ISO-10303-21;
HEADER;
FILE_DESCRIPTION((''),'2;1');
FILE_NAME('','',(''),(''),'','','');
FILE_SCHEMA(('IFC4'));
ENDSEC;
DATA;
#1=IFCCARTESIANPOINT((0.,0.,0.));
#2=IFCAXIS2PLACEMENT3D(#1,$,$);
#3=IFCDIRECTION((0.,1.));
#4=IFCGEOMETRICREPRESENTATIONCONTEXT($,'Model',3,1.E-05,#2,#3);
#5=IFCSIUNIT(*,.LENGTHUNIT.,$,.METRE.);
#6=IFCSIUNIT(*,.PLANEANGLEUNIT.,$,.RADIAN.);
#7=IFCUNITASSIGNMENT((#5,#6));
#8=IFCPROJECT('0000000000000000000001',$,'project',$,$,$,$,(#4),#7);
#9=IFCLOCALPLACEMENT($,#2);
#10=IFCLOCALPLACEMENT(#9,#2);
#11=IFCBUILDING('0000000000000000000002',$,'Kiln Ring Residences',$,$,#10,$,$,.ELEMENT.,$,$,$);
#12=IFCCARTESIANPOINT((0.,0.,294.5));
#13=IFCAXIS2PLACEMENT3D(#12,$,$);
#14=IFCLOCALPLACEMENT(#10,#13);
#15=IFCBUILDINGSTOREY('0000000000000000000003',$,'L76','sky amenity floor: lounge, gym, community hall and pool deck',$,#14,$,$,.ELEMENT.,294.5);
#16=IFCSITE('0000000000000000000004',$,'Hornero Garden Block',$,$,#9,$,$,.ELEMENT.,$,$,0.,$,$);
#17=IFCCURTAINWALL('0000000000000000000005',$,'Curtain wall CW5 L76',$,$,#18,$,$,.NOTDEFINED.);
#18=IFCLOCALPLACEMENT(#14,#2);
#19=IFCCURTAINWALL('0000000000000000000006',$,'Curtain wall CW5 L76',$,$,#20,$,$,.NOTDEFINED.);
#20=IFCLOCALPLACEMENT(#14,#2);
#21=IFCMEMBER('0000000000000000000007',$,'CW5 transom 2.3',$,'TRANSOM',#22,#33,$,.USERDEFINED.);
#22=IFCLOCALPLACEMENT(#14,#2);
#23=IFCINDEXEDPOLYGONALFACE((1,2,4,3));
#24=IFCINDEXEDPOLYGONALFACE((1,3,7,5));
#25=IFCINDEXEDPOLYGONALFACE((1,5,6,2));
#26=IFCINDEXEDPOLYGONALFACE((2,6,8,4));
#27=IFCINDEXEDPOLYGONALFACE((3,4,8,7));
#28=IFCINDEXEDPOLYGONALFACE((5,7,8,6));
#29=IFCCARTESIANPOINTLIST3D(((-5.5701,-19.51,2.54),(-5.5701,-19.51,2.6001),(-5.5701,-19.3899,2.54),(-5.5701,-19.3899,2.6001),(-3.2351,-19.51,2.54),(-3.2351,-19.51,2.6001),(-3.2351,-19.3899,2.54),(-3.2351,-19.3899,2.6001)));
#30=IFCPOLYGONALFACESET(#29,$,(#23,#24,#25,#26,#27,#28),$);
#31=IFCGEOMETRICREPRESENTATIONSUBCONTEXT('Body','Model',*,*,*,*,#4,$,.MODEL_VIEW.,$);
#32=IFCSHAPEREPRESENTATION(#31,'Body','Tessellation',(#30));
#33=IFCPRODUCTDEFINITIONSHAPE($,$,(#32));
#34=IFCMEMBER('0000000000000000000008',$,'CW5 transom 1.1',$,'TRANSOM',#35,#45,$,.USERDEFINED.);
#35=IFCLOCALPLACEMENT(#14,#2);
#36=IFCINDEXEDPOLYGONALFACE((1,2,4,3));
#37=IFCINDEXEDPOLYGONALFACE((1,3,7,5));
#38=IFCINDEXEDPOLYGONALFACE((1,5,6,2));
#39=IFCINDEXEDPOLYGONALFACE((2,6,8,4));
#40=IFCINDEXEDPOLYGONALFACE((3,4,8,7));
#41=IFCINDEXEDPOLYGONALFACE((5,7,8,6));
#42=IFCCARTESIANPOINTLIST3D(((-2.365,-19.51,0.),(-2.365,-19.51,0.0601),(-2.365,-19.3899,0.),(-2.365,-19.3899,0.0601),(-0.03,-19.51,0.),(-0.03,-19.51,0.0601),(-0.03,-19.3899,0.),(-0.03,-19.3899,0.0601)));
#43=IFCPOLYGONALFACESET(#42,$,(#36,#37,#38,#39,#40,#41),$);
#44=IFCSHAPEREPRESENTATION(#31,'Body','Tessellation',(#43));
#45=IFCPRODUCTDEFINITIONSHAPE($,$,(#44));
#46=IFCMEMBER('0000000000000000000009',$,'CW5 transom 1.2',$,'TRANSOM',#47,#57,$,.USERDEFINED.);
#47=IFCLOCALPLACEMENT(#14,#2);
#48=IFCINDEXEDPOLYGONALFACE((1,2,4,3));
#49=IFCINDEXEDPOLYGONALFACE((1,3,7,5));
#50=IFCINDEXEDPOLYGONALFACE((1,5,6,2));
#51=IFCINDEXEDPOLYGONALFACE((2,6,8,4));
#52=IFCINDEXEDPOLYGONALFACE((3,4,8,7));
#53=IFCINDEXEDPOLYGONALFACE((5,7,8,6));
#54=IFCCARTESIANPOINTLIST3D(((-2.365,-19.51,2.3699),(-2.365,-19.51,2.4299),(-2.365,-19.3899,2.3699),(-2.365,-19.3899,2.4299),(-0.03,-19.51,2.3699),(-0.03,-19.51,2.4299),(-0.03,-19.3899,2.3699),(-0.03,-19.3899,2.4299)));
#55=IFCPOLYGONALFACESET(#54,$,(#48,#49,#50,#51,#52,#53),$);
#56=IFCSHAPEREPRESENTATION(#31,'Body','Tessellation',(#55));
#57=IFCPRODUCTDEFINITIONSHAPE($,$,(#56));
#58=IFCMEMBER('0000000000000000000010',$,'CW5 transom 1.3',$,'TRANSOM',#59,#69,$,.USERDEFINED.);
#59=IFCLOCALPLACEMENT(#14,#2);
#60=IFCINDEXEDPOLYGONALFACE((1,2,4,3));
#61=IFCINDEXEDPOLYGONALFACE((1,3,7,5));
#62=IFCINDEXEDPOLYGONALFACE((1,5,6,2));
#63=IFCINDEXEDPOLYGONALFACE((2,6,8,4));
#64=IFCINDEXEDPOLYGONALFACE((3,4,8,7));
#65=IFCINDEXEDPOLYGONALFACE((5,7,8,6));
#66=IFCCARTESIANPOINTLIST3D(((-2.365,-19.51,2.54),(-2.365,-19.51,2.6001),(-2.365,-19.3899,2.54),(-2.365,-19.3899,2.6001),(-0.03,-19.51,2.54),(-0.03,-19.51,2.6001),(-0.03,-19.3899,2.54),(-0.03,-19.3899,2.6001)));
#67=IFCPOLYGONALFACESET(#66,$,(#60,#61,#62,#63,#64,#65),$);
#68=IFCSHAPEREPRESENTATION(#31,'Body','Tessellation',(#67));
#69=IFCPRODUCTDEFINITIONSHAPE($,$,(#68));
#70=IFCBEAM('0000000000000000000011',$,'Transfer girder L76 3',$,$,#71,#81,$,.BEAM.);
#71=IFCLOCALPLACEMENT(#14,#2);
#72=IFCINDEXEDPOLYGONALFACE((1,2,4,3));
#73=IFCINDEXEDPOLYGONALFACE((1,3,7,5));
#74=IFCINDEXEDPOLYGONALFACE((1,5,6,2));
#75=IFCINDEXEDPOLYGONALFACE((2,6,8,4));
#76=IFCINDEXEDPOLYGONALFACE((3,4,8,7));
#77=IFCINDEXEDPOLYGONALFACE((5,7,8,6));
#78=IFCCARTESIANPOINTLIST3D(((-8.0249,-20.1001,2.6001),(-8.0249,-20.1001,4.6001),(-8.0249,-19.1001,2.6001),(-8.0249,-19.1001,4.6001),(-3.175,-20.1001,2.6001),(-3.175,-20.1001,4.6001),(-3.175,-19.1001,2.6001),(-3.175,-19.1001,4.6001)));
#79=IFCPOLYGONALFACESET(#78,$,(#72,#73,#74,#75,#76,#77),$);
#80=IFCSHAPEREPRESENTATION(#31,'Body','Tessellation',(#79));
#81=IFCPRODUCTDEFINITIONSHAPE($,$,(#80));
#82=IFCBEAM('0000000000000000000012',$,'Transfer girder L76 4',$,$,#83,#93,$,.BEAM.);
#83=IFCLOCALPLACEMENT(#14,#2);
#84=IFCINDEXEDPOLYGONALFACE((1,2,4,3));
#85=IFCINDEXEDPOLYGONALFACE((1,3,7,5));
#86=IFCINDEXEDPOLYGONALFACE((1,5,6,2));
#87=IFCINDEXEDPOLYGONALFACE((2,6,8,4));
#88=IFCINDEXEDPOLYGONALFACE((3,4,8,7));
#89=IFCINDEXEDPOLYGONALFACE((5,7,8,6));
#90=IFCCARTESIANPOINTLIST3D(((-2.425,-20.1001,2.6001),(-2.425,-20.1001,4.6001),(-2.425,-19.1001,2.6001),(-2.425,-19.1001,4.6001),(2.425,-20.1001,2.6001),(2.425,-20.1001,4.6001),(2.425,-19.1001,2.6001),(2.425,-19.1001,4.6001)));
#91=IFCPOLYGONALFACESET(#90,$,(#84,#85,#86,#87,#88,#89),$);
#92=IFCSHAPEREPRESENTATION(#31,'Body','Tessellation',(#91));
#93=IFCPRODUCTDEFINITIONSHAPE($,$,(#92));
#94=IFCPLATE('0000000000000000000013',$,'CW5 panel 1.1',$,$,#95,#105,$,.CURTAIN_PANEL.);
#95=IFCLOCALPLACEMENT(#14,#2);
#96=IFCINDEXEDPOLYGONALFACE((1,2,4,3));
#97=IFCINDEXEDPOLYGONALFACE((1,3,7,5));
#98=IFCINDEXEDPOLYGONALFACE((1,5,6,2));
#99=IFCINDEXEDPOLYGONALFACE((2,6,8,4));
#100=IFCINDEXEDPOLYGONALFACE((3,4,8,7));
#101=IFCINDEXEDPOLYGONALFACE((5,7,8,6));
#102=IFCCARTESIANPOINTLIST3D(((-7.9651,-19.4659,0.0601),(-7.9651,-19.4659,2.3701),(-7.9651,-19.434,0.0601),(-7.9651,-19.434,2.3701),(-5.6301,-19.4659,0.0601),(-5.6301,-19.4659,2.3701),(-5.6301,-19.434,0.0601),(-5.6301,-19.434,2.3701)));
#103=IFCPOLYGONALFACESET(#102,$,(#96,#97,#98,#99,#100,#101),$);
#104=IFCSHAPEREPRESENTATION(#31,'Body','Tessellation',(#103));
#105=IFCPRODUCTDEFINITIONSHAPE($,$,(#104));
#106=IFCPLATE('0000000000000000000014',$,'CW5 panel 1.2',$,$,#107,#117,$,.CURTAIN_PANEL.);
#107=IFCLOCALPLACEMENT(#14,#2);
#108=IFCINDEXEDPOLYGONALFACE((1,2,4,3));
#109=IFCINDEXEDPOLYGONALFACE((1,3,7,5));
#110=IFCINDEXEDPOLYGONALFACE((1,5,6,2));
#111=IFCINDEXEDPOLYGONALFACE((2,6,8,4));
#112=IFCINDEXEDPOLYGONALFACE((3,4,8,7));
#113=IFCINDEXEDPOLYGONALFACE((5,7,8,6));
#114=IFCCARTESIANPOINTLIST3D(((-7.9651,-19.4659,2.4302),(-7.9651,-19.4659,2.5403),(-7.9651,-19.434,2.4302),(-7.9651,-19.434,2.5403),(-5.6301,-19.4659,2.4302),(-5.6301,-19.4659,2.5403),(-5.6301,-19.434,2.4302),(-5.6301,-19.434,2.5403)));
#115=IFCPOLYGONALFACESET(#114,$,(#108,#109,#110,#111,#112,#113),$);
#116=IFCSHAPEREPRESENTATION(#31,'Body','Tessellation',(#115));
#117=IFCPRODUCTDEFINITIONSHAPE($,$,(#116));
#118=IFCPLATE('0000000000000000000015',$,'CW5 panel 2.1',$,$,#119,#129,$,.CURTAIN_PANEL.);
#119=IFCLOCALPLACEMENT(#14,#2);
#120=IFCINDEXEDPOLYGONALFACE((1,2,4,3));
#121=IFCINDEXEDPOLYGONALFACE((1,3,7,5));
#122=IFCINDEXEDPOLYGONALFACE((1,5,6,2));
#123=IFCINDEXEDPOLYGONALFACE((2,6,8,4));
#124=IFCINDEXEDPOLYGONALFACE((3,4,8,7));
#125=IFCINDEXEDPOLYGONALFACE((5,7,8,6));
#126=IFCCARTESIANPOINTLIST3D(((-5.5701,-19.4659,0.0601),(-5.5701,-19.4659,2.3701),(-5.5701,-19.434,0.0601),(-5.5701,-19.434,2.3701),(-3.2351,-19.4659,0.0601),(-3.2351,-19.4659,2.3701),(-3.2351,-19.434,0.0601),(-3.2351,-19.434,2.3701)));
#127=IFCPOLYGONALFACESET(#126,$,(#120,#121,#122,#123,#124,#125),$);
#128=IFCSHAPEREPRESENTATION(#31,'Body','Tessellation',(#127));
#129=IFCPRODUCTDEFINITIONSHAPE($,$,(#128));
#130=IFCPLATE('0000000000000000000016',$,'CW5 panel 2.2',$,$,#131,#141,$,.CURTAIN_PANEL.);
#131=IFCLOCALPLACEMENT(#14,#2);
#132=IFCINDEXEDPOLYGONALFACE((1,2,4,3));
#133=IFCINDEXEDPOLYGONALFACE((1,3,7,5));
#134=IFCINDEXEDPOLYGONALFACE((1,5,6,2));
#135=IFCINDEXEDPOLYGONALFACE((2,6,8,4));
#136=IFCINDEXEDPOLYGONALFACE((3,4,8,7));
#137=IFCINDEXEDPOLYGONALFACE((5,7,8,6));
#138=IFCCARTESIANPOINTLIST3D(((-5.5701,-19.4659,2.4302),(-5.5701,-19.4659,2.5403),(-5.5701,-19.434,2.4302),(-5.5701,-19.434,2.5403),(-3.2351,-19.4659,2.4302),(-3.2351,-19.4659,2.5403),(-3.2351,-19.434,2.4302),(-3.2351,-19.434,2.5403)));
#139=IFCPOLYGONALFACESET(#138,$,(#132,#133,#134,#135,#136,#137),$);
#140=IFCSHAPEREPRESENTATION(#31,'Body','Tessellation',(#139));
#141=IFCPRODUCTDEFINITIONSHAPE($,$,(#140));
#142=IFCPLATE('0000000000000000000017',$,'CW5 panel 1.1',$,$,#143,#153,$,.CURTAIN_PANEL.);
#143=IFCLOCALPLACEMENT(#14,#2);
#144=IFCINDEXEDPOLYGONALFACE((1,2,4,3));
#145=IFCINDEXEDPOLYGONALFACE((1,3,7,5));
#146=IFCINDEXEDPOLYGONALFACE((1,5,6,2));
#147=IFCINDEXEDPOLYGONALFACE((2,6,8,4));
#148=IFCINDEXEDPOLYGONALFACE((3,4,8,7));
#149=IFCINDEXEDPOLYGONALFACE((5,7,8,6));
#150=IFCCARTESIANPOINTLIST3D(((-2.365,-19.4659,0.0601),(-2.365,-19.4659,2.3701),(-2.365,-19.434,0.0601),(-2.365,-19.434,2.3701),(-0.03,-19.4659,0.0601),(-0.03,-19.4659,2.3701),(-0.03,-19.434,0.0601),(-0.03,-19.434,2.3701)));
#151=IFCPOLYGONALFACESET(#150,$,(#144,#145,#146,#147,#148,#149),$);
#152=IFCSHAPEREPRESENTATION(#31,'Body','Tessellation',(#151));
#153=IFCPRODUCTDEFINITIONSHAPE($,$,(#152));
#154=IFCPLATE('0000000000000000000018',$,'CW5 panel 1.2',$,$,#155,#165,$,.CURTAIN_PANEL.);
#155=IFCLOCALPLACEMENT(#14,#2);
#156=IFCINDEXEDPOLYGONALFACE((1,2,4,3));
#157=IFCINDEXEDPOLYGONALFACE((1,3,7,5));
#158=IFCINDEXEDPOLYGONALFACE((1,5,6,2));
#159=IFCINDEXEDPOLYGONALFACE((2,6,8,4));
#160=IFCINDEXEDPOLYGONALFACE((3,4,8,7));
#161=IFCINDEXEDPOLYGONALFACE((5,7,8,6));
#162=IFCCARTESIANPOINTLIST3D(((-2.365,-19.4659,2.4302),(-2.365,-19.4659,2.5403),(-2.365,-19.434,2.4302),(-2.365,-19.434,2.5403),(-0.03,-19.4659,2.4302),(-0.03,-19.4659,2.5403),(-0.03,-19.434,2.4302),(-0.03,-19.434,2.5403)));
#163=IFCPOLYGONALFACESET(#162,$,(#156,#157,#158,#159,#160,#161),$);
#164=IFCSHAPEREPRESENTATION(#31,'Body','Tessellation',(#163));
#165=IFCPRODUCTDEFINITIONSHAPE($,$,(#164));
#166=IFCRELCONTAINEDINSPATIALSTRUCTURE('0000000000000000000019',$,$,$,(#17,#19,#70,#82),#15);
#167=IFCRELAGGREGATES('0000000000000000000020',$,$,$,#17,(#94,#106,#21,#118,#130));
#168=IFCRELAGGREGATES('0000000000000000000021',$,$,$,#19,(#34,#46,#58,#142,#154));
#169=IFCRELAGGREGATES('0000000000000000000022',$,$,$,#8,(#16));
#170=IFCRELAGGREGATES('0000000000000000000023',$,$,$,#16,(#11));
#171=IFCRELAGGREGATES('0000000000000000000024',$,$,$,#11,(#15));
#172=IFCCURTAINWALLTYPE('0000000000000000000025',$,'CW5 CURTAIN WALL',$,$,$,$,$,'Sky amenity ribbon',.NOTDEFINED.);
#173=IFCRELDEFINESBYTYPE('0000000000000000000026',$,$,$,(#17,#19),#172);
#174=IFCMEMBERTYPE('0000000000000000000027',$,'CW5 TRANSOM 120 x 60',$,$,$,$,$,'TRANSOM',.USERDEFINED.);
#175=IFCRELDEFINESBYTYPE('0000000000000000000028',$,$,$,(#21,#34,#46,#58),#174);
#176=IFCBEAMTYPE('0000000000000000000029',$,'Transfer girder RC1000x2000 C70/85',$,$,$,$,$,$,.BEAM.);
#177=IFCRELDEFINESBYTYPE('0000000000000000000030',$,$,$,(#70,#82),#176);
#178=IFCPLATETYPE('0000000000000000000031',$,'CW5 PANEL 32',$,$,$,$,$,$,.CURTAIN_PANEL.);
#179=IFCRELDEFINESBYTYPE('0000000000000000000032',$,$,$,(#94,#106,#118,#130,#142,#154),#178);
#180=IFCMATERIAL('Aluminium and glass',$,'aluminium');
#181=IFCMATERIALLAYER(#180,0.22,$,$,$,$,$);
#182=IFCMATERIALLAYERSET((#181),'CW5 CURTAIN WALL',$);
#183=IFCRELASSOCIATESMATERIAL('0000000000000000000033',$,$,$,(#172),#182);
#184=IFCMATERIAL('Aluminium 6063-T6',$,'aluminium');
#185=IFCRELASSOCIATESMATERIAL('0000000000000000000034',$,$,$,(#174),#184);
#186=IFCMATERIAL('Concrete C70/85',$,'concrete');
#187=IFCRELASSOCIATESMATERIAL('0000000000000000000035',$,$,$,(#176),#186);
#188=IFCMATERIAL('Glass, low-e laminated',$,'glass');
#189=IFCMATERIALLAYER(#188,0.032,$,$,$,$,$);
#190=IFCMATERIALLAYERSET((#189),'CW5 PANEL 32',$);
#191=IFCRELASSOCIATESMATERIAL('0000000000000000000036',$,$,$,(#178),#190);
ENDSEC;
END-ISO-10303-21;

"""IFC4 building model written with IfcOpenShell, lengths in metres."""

from ifc_helpers import new_model, si_unit, direction, frame, origin, origin_2d, place, context, subcontext, project, spatial, rectangle, extrude, material, layer, layer_set, material_profile, profile_set, type_object, element, aggregate, save


model = new_model("IFC4")

# Units and contexts
model_context = context("Model", 3, precision=1e-05, world=origin(), true_north=direction((0.0, 1.0)))
body_context = subcontext(model_context, "Body", "Model", "MODEL_VIEW")
ifc_project = project(units=[si_unit("LENGTHUNIT", "METRE"), si_unit("PLANEANGLEUNIT", "RADIAN")], contexts=[model_context])

# Site, building, storey
site_placement = place(None, origin())
site = spatial("IfcSite", under=ifc_project, at=site_placement, Name="Hornero Garden Block", CompositionType="ELEMENT", RefElevation=0.0)
building_placement = place(site_placement, origin())
building = spatial("IfcBuilding", under=site, at=building_placement, Name="Kiln Ring Residences", CompositionType="ELEMENT")
storey_placement = place(building_placement, frame((0.0, 0.0, 294.5)))
storey = spatial("IfcBuildingStorey", under=building, at=storey_placement, Name="L76", Description="sky amenity floor: lounge, gym, community hall and pool deck", CompositionType="ELEMENT", Elevation=294.5)

# Curtain walls
ifc_material_1 = material(Name="Aluminium and glass", Category="aluminium")
ifc_layer_1 = layer(ifc_material_1, 0.22)
ifc_layer_set_1 = layer_set([ifc_layer_1], Name="CW5 CURTAIN WALL")
curtain_wall_type = type_object("IfcCurtainWallType", Name="CW5 CURTAIN WALL", ElementType="Sky amenity ribbon", PredefinedType="NOTDEFINED", material=ifc_layer_set_1)
placement = place(storey_placement, origin())
curtain_wall_1 = element("IfcCurtainWall", 1, at=placement, inside=storey, type_object=curtain_wall_type, Name="Curtain wall CW5 L76", PredefinedType="NOTDEFINED")
curtain_wall_2 = element("IfcCurtainWall", 2, at=placement, inside=storey, type_object=curtain_wall_type, Name="Curtain wall CW5 L76", PredefinedType="NOTDEFINED")

# Members
ifc_material_2 = material(Name="Aluminium 6063-T6", Category="aluminium")
ifc_material_profile_1 = material_profile(ifc_material_2, rectangle(XDim=0.1201, YDim=0.0601, at=origin_2d()), Name="AL 120x60")
ifc_profile_set_1 = profile_set([ifc_material_profile_1], Name="Aluminium 6063-T6")
member_type_1 = type_object("IfcMemberType", Name="CW5 TRANSOM 120 x 60", ElementType="TRANSOM", PredefinedType="USERDEFINED", material=ifc_profile_set_1)
member_1_placement = place(storey_placement, frame((-5.5701, -19.45, 2.5701), z_axis=(1.0, 0.0, 0.0), x_axis=(0.0, 1.0, 0.0)))
member_1 = element("IfcMember", 3, at=member_1_placement, type_object=member_type_1, Name="CW5 transom 2.3", ObjectType="TRANSOM", PredefinedType="USERDEFINED", context=body_context, shape_type="SweptSolid", body=[
    extrude(rectangle(XDim=0.1201, YDim=0.0601, at=origin_2d()), origin(), (0.0, 0.0, 1.0), 2.335),
])
member_2_placement = place(storey_placement, frame((-2.365, -19.45, 0.03), z_axis=(1.0, 0.0, 0.0), x_axis=(0.0, 1.0, 0.0)))
member_2 = element("IfcMember", 4, at=member_2_placement, type_object=member_type_1, Name="CW5 transom 1.1", ObjectType="TRANSOM", PredefinedType="USERDEFINED", context=body_context, shape_type="SweptSolid", body=[
    extrude(rectangle(XDim=0.1201, YDim=0.0601, at=origin_2d()), origin(), (0.0, 0.0, 1.0), 2.335),
])
member_3_placement = place(storey_placement, frame((-2.365, -19.45, 2.3999), z_axis=(1.0, 0.0, 0.0), x_axis=(0.0, 1.0, 0.0)))
member_3 = element("IfcMember", 5, at=member_3_placement, type_object=member_type_1, Name="CW5 transom 1.2", ObjectType="TRANSOM", PredefinedType="USERDEFINED", context=body_context, shape_type="SweptSolid", body=[
    extrude(rectangle(XDim=0.1201, YDim=0.0601, at=origin_2d()), origin(), (0.0, 0.0, 1.0), 2.335),
])
member_4_placement = place(storey_placement, frame((-2.365, -19.45, 2.5701), z_axis=(1.0, 0.0, 0.0), x_axis=(0.0, 1.0, 0.0)))
member_4 = element("IfcMember", 6, at=member_4_placement, type_object=member_type_1, Name="CW5 transom 1.3", ObjectType="TRANSOM", PredefinedType="USERDEFINED", context=body_context, shape_type="SweptSolid", body=[
    extrude(rectangle(XDim=0.1201, YDim=0.0601, at=origin_2d()), origin(), (0.0, 0.0, 1.0), 2.335),
])

# Beams
ifc_material_3 = material(Name="Concrete C70/85", Category="concrete")
ifc_material_profile_2 = material_profile(ifc_material_3, rectangle(XDim=1.0, YDim=2.0, at=origin_2d()), Name="RC1000x2000")
ifc_profile_set_2 = profile_set([ifc_material_profile_2], Name="Concrete C70/85")
beam_type = type_object("IfcBeamType", Name="Transfer girder RC1000x2000 C70/85", PredefinedType="BEAM", material=ifc_profile_set_2)
beam_1_placement = place(storey_placement, frame((-8.0249, -19.6001, 3.6001), z_axis=(1.0, 0.0, 0.0), x_axis=(0.0, 1.0, 0.0)))
element("IfcBeam", 7, at=beam_1_placement, inside=storey, type_object=beam_type, Name="Transfer girder L76 3", PredefinedType="BEAM", context=body_context, shape_type="SweptSolid", body=[
    extrude(rectangle(XDim=1.0, YDim=2.0, at=origin_2d()), origin(), (0.0, 0.0, 1.0), 4.8499),
])
beam_2_placement = place(storey_placement, frame((-2.425, -19.6001, 3.6001), z_axis=(1.0, 0.0, 0.0), x_axis=(0.0, 1.0, 0.0)))
element("IfcBeam", 8, at=beam_2_placement, inside=storey, type_object=beam_type, Name="Transfer girder L76 4", PredefinedType="BEAM", context=body_context, shape_type="SweptSolid", body=[
    extrude(rectangle(XDim=1.0, YDim=2.0, at=origin_2d()), origin(), (0.0, 0.0, 1.0), 4.8501),
])

# Plates
ifc_material_4 = material(Name="Glass, low-e laminated", Category="glass")
ifc_layer_2 = layer(ifc_material_4, 0.032)
ifc_layer_set_2 = layer_set([ifc_layer_2], Name="CW5 PANEL 32")
plate_type = type_object("IfcPlateType", Name="CW5 PANEL 32", PredefinedType="CURTAIN_PANEL", material=ifc_layer_set_2)
plate_1_placement = place(storey_placement, frame((-6.7976, -19.45, 0.0601), z_axis=(0.0, 0.0, 1.0), x_axis=(1.0, 0.0, 0.0)))
plate_1 = element("IfcPlate", 9, at=plate_1_placement, type_object=plate_type, Name="CW5 panel 1.1", PredefinedType="CURTAIN_PANEL", context=body_context, shape_type="SweptSolid", body=[
    extrude(rectangle(XDim=2.335, YDim=0.032, at=origin_2d()), origin(), (0.0, 0.0, 1.0), 2.3101),
])
plate_2_placement = place(storey_placement, frame((-6.7976, -19.45, 2.4302), z_axis=(0.0, 0.0, 1.0), x_axis=(1.0, 0.0, 0.0)))
plate_2 = element("IfcPlate", 10, at=plate_2_placement, type_object=plate_type, Name="CW5 panel 1.2", PredefinedType="CURTAIN_PANEL", context=body_context, shape_type="SweptSolid", body=[
    extrude(rectangle(XDim=2.335, YDim=0.032, at=origin_2d()), origin(), (0.0, 0.0, 1.0), 0.1101),
])
plate_3_placement = place(storey_placement, frame((-4.4026, -19.45, 0.0601), z_axis=(0.0, 0.0, 1.0), x_axis=(1.0, 0.0, 0.0)))
plate_3 = element("IfcPlate", 11, at=plate_3_placement, type_object=plate_type, Name="CW5 panel 2.1", PredefinedType="CURTAIN_PANEL", context=body_context, shape_type="SweptSolid", body=[
    extrude(rectangle(XDim=2.335, YDim=0.032, at=origin_2d()), origin(), (0.0, 0.0, 1.0), 2.3101),
])
plate_4_placement = place(storey_placement, frame((-4.4026, -19.45, 2.4302), z_axis=(0.0, 0.0, 1.0), x_axis=(1.0, 0.0, 0.0)))
plate_4 = element("IfcPlate", 12, at=plate_4_placement, type_object=plate_type, Name="CW5 panel 2.2", PredefinedType="CURTAIN_PANEL", context=body_context, shape_type="SweptSolid", body=[
    extrude(rectangle(XDim=2.335, YDim=0.032, at=origin_2d()), origin(), (0.0, 0.0, 1.0), 0.1101),
])
aggregate(curtain_wall_1, [plate_1, plate_2, member_1, plate_3, plate_4])
plate_5_placement = place(storey_placement, frame((-1.1975, -19.45, 0.0601), z_axis=(0.0, 0.0, 1.0), x_axis=(1.0, 0.0, 0.0)))
plate_5 = element("IfcPlate", 13, at=plate_5_placement, type_object=plate_type, Name="CW5 panel 1.1", PredefinedType="CURTAIN_PANEL", context=body_context, shape_type="SweptSolid", body=[
    extrude(rectangle(XDim=2.335, YDim=0.032, at=origin_2d()), origin(), (0.0, 0.0, 1.0), 2.3101),
])
plate_6_placement = place(storey_placement, frame((-1.1975, -19.45, 2.4302), z_axis=(0.0, 0.0, 1.0), x_axis=(1.0, 0.0, 0.0)))
plate_6 = element("IfcPlate", 14, at=plate_6_placement, type_object=plate_type, Name="CW5 panel 1.2", PredefinedType="CURTAIN_PANEL", context=body_context, shape_type="SweptSolid", body=[
    extrude(rectangle(XDim=2.335, YDim=0.032, at=origin_2d()), origin(), (0.0, 0.0, 1.0), 0.1101),
])
aggregate(curtain_wall_2, [member_2, member_3, member_4, plate_5, plate_6])

save(model, "model.ifc")
